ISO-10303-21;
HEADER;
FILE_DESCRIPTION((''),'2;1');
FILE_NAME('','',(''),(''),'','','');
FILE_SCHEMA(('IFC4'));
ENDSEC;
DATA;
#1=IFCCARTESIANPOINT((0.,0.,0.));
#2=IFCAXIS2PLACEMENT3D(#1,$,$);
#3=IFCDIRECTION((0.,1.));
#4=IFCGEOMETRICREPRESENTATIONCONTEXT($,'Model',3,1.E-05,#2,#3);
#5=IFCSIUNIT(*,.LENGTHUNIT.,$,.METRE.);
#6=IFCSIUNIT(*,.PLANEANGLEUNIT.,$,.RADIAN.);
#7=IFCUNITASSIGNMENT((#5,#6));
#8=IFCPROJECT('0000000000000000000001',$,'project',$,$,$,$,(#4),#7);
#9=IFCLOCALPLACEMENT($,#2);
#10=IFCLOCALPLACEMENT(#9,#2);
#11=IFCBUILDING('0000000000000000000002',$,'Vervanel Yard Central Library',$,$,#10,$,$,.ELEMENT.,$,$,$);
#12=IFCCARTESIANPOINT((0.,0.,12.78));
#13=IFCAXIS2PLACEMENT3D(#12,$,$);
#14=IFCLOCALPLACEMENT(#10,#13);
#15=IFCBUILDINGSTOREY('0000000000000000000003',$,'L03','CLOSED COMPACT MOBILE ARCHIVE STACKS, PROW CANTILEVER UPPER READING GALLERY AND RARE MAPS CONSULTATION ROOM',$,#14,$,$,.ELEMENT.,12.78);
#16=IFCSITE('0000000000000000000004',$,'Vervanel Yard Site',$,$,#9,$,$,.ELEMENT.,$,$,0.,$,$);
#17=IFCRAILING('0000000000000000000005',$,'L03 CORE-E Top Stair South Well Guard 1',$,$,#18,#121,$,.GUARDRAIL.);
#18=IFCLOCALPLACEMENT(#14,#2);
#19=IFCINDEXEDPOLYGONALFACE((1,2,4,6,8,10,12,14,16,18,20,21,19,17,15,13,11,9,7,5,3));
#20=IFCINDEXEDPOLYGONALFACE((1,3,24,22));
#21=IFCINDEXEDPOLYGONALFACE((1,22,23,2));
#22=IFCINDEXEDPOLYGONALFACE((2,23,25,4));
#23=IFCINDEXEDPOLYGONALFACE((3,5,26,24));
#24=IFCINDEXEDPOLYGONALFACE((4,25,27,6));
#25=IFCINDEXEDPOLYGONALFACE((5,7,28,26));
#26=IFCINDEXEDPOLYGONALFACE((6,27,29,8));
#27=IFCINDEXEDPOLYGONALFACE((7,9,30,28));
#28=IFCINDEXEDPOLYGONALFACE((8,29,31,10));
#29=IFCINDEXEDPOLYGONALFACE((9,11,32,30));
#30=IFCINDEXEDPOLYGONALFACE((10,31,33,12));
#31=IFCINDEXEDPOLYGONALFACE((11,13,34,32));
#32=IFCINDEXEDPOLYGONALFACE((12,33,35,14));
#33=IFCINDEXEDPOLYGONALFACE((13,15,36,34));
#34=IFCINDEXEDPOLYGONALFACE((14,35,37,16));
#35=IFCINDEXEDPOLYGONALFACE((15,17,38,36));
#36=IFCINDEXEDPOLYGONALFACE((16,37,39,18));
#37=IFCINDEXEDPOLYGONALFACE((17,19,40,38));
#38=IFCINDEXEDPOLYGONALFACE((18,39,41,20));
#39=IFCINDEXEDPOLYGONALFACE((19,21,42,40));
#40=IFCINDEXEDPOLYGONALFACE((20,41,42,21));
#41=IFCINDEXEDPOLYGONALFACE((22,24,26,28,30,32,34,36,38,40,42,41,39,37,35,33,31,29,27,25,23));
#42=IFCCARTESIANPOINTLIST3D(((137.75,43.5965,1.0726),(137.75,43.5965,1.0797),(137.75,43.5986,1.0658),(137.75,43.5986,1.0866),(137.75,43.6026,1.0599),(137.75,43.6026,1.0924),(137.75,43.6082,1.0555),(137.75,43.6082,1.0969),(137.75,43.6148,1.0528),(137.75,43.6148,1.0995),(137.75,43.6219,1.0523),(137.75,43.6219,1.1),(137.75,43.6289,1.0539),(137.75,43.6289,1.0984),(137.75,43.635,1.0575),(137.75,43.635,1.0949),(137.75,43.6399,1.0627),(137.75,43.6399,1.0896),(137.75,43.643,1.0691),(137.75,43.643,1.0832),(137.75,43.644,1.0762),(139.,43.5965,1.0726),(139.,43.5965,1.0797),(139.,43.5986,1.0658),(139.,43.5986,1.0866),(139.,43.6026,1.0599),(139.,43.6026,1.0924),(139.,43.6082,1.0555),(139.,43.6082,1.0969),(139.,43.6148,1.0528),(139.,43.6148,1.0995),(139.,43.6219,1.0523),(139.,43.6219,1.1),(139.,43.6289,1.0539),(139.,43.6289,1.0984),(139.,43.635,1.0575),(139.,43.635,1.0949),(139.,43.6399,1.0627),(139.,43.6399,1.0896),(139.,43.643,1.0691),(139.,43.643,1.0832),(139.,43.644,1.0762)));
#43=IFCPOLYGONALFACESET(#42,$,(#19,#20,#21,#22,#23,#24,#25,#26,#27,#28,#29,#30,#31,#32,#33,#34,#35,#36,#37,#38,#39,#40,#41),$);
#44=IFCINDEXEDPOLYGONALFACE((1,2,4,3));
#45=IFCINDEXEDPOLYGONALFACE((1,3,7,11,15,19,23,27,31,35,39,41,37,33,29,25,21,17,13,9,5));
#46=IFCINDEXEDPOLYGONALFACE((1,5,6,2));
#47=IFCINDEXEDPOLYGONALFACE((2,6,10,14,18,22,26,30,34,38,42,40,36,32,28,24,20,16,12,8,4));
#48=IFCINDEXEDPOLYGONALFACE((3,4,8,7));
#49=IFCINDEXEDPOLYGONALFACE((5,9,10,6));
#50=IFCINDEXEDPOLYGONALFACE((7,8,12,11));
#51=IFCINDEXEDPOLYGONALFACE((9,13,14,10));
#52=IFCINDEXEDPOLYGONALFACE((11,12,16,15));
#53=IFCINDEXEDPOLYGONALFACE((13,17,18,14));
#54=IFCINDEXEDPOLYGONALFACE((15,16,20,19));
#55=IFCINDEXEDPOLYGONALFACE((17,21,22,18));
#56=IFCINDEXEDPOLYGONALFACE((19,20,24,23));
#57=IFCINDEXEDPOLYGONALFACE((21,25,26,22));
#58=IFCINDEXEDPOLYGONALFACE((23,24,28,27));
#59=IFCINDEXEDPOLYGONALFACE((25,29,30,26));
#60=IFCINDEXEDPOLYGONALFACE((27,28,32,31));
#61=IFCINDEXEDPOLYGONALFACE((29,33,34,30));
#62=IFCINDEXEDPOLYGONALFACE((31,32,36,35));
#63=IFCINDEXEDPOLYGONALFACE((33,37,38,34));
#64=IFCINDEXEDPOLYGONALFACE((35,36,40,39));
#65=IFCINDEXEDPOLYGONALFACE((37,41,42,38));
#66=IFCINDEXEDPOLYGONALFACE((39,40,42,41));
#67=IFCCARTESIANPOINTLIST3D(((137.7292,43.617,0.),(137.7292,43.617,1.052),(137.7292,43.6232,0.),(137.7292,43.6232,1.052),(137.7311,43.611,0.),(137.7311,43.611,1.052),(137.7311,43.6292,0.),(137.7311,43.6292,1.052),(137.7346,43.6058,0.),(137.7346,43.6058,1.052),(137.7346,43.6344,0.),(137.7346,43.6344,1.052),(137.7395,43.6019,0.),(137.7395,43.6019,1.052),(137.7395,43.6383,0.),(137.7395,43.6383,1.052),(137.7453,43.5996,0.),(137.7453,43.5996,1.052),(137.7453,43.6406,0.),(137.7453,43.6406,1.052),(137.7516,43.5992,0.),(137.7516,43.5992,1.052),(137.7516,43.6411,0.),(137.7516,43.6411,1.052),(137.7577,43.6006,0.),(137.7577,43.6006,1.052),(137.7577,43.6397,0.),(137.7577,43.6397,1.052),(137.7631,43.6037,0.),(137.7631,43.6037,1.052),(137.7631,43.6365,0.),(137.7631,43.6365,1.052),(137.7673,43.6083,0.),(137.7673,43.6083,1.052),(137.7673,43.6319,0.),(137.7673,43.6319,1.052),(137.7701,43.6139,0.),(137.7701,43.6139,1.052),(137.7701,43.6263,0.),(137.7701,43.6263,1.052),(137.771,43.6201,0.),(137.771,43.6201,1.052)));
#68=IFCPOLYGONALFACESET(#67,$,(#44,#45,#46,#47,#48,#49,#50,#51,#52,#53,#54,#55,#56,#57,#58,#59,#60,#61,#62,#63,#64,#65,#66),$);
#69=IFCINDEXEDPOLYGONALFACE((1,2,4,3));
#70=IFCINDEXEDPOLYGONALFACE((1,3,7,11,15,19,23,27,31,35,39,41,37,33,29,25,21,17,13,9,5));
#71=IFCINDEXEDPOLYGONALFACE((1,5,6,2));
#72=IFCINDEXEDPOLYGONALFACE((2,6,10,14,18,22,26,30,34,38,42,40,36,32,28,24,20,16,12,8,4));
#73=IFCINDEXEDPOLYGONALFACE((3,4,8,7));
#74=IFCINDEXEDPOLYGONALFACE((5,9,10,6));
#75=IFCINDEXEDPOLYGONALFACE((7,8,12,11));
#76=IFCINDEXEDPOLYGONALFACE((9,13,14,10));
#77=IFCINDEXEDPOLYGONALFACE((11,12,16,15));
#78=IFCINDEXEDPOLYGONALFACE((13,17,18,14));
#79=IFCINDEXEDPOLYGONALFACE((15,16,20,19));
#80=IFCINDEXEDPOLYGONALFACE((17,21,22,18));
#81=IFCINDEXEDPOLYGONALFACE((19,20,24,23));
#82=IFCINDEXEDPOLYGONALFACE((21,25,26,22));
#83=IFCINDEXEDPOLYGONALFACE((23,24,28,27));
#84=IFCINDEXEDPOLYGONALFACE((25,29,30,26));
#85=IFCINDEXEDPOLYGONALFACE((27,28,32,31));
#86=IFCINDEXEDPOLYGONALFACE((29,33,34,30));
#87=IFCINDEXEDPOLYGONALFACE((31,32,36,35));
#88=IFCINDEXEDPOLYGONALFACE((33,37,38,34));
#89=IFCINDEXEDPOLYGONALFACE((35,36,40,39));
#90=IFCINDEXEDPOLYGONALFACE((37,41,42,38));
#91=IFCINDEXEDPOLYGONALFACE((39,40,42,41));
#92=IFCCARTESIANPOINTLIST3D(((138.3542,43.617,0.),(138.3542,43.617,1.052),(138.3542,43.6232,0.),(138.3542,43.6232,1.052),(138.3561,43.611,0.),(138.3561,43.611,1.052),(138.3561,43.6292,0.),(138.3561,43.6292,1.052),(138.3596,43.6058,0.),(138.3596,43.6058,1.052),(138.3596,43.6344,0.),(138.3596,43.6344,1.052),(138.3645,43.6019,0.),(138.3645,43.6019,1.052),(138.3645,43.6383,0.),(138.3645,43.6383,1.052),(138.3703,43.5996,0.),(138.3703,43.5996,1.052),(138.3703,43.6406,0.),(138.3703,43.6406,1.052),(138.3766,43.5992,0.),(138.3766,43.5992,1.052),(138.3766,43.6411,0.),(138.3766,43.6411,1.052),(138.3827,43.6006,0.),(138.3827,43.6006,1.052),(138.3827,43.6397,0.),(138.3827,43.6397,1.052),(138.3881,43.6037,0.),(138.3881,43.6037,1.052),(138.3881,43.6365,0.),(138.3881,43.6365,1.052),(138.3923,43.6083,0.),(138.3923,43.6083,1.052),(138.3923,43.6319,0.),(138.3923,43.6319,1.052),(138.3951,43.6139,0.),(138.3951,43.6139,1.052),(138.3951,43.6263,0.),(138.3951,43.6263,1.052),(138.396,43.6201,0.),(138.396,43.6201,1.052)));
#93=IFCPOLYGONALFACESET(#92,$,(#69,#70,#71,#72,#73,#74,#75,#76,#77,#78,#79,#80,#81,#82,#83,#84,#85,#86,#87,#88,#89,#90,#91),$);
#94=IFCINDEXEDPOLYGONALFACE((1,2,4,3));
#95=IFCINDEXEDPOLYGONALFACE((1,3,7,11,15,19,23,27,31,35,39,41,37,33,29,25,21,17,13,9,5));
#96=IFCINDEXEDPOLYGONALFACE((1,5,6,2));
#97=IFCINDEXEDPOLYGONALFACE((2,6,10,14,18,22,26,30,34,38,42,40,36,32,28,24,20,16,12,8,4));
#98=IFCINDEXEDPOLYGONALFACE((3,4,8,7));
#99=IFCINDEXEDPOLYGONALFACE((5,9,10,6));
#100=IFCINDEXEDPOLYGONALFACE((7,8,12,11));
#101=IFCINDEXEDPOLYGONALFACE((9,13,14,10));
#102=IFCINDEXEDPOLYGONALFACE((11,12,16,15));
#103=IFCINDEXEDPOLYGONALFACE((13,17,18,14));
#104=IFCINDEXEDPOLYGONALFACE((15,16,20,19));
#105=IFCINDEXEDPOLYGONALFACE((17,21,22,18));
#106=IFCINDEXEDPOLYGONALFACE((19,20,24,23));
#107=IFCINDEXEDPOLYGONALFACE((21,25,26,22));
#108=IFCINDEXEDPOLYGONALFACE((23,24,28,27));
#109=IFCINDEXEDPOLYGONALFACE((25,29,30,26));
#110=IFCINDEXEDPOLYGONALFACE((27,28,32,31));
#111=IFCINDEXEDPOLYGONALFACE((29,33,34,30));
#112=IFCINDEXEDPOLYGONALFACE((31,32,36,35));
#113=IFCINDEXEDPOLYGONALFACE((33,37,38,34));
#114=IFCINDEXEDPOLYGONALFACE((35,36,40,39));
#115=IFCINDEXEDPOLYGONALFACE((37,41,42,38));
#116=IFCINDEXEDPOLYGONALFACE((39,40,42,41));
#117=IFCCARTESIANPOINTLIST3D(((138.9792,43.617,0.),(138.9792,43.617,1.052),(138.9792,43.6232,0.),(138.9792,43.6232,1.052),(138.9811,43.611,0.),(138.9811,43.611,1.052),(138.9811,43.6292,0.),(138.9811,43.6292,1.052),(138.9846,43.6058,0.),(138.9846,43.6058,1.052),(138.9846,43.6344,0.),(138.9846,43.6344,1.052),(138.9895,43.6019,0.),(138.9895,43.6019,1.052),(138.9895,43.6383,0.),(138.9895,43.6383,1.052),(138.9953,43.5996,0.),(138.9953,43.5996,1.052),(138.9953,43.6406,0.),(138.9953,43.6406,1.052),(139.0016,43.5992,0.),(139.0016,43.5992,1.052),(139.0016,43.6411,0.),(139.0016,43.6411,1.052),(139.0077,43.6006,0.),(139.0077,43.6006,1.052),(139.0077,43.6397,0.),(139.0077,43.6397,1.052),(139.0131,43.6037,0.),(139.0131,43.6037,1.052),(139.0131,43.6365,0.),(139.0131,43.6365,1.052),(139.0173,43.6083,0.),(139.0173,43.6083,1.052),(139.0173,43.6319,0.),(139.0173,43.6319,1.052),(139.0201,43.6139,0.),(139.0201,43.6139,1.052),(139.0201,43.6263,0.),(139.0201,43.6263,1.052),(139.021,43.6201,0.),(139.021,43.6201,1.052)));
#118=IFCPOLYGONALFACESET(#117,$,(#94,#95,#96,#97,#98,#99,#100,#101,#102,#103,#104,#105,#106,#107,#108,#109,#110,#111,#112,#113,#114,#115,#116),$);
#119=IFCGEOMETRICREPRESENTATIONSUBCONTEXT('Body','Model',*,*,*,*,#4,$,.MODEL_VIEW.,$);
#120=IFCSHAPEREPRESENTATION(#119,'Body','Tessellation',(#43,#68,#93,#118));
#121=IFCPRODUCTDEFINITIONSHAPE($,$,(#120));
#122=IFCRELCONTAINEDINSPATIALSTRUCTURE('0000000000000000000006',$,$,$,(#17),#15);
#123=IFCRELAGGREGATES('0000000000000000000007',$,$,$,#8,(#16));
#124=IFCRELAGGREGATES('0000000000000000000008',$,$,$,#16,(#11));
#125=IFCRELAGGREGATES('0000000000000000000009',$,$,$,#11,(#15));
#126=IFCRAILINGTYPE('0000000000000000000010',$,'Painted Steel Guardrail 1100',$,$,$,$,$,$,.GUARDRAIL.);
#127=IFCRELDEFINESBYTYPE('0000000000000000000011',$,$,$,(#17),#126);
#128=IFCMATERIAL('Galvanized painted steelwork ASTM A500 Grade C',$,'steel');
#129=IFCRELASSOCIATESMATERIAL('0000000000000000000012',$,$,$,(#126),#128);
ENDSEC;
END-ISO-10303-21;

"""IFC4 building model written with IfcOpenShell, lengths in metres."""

from ifc_helpers import new_model, si_unit, direction, frame, origin, origin_2d, place, context, subcontext, project, spatial, circle, extrude, material, type_object, element, save


model = new_model("IFC4")

# Units and contexts
model_context = context("Model", 3, precision=1e-05, world=origin(), true_north=direction((0.0, 1.0)))
body_context = subcontext(model_context, "Body", "Model", "MODEL_VIEW")
ifc_project = project(units=[si_unit("LENGTHUNIT", "METRE"), si_unit("PLANEANGLEUNIT", "RADIAN")], contexts=[model_context])

# Site, building, storey
site_placement = place(None, origin())
site = spatial("IfcSite", under=ifc_project, at=site_placement, Name="Vervanel Yard Site", CompositionType="ELEMENT", RefElevation=0.0)
building_placement = place(site_placement, origin())
building = spatial("IfcBuilding", under=site, at=building_placement, Name="Vervanel Yard Central Library", CompositionType="ELEMENT")
storey_placement = place(building_placement, frame((0.0, 0.0, 12.78)))
storey = spatial("IfcBuildingStorey", under=building, at=storey_placement, Name="L03", Description="CLOSED COMPACT MOBILE ARCHIVE STACKS, PROW CANTILEVER UPPER READING GALLERY AND RARE MAPS CONSULTATION ROOM", CompositionType="ELEMENT", Elevation=12.78)

# Railing
ifc_material_1 = material(Name="Galvanized painted steelwork ASTM A500 Grade C", Category="steel")
railing_type = type_object("IfcRailingType", Name="Painted Steel Guardrail 1100", PredefinedType="GUARDRAIL", material=ifc_material_1)
railing_1_placement = place(storey_placement, frame((137.75, 43.6201, 0.0)))
element("IfcRailing", 1, at=railing_1_placement, inside=storey, type_object=railing_type, Name="L03 CORE-E Top Stair South Well Guard 1", PredefinedType="GUARDRAIL", context=body_context, shape_type="SweptSolid", body=[
    extrude(circle(Radius=0.0239, at=origin_2d()), frame((0.0, 0.0, 1.0762), z_axis=(1.0, 0.0, 0.0), x_axis=(0.0, 1.0, 0.0)), (0.0, 0.0, 1.0), 1.25),
    extrude(circle(Radius=0.021, at=origin_2d()), origin(), (0.0, 0.0, 1.0), 1.052),
    extrude(circle(Radius=0.021, at=origin_2d()), frame((0.625, 0.0, 0.0)), (0.0, 0.0, 1.0), 1.052),
    extrude(circle(Radius=0.021, at=origin_2d()), frame((1.25, 0.0, 0.0)), (0.0, 0.0, 1.0), 1.052),
])

save(model, "model.ifc")
